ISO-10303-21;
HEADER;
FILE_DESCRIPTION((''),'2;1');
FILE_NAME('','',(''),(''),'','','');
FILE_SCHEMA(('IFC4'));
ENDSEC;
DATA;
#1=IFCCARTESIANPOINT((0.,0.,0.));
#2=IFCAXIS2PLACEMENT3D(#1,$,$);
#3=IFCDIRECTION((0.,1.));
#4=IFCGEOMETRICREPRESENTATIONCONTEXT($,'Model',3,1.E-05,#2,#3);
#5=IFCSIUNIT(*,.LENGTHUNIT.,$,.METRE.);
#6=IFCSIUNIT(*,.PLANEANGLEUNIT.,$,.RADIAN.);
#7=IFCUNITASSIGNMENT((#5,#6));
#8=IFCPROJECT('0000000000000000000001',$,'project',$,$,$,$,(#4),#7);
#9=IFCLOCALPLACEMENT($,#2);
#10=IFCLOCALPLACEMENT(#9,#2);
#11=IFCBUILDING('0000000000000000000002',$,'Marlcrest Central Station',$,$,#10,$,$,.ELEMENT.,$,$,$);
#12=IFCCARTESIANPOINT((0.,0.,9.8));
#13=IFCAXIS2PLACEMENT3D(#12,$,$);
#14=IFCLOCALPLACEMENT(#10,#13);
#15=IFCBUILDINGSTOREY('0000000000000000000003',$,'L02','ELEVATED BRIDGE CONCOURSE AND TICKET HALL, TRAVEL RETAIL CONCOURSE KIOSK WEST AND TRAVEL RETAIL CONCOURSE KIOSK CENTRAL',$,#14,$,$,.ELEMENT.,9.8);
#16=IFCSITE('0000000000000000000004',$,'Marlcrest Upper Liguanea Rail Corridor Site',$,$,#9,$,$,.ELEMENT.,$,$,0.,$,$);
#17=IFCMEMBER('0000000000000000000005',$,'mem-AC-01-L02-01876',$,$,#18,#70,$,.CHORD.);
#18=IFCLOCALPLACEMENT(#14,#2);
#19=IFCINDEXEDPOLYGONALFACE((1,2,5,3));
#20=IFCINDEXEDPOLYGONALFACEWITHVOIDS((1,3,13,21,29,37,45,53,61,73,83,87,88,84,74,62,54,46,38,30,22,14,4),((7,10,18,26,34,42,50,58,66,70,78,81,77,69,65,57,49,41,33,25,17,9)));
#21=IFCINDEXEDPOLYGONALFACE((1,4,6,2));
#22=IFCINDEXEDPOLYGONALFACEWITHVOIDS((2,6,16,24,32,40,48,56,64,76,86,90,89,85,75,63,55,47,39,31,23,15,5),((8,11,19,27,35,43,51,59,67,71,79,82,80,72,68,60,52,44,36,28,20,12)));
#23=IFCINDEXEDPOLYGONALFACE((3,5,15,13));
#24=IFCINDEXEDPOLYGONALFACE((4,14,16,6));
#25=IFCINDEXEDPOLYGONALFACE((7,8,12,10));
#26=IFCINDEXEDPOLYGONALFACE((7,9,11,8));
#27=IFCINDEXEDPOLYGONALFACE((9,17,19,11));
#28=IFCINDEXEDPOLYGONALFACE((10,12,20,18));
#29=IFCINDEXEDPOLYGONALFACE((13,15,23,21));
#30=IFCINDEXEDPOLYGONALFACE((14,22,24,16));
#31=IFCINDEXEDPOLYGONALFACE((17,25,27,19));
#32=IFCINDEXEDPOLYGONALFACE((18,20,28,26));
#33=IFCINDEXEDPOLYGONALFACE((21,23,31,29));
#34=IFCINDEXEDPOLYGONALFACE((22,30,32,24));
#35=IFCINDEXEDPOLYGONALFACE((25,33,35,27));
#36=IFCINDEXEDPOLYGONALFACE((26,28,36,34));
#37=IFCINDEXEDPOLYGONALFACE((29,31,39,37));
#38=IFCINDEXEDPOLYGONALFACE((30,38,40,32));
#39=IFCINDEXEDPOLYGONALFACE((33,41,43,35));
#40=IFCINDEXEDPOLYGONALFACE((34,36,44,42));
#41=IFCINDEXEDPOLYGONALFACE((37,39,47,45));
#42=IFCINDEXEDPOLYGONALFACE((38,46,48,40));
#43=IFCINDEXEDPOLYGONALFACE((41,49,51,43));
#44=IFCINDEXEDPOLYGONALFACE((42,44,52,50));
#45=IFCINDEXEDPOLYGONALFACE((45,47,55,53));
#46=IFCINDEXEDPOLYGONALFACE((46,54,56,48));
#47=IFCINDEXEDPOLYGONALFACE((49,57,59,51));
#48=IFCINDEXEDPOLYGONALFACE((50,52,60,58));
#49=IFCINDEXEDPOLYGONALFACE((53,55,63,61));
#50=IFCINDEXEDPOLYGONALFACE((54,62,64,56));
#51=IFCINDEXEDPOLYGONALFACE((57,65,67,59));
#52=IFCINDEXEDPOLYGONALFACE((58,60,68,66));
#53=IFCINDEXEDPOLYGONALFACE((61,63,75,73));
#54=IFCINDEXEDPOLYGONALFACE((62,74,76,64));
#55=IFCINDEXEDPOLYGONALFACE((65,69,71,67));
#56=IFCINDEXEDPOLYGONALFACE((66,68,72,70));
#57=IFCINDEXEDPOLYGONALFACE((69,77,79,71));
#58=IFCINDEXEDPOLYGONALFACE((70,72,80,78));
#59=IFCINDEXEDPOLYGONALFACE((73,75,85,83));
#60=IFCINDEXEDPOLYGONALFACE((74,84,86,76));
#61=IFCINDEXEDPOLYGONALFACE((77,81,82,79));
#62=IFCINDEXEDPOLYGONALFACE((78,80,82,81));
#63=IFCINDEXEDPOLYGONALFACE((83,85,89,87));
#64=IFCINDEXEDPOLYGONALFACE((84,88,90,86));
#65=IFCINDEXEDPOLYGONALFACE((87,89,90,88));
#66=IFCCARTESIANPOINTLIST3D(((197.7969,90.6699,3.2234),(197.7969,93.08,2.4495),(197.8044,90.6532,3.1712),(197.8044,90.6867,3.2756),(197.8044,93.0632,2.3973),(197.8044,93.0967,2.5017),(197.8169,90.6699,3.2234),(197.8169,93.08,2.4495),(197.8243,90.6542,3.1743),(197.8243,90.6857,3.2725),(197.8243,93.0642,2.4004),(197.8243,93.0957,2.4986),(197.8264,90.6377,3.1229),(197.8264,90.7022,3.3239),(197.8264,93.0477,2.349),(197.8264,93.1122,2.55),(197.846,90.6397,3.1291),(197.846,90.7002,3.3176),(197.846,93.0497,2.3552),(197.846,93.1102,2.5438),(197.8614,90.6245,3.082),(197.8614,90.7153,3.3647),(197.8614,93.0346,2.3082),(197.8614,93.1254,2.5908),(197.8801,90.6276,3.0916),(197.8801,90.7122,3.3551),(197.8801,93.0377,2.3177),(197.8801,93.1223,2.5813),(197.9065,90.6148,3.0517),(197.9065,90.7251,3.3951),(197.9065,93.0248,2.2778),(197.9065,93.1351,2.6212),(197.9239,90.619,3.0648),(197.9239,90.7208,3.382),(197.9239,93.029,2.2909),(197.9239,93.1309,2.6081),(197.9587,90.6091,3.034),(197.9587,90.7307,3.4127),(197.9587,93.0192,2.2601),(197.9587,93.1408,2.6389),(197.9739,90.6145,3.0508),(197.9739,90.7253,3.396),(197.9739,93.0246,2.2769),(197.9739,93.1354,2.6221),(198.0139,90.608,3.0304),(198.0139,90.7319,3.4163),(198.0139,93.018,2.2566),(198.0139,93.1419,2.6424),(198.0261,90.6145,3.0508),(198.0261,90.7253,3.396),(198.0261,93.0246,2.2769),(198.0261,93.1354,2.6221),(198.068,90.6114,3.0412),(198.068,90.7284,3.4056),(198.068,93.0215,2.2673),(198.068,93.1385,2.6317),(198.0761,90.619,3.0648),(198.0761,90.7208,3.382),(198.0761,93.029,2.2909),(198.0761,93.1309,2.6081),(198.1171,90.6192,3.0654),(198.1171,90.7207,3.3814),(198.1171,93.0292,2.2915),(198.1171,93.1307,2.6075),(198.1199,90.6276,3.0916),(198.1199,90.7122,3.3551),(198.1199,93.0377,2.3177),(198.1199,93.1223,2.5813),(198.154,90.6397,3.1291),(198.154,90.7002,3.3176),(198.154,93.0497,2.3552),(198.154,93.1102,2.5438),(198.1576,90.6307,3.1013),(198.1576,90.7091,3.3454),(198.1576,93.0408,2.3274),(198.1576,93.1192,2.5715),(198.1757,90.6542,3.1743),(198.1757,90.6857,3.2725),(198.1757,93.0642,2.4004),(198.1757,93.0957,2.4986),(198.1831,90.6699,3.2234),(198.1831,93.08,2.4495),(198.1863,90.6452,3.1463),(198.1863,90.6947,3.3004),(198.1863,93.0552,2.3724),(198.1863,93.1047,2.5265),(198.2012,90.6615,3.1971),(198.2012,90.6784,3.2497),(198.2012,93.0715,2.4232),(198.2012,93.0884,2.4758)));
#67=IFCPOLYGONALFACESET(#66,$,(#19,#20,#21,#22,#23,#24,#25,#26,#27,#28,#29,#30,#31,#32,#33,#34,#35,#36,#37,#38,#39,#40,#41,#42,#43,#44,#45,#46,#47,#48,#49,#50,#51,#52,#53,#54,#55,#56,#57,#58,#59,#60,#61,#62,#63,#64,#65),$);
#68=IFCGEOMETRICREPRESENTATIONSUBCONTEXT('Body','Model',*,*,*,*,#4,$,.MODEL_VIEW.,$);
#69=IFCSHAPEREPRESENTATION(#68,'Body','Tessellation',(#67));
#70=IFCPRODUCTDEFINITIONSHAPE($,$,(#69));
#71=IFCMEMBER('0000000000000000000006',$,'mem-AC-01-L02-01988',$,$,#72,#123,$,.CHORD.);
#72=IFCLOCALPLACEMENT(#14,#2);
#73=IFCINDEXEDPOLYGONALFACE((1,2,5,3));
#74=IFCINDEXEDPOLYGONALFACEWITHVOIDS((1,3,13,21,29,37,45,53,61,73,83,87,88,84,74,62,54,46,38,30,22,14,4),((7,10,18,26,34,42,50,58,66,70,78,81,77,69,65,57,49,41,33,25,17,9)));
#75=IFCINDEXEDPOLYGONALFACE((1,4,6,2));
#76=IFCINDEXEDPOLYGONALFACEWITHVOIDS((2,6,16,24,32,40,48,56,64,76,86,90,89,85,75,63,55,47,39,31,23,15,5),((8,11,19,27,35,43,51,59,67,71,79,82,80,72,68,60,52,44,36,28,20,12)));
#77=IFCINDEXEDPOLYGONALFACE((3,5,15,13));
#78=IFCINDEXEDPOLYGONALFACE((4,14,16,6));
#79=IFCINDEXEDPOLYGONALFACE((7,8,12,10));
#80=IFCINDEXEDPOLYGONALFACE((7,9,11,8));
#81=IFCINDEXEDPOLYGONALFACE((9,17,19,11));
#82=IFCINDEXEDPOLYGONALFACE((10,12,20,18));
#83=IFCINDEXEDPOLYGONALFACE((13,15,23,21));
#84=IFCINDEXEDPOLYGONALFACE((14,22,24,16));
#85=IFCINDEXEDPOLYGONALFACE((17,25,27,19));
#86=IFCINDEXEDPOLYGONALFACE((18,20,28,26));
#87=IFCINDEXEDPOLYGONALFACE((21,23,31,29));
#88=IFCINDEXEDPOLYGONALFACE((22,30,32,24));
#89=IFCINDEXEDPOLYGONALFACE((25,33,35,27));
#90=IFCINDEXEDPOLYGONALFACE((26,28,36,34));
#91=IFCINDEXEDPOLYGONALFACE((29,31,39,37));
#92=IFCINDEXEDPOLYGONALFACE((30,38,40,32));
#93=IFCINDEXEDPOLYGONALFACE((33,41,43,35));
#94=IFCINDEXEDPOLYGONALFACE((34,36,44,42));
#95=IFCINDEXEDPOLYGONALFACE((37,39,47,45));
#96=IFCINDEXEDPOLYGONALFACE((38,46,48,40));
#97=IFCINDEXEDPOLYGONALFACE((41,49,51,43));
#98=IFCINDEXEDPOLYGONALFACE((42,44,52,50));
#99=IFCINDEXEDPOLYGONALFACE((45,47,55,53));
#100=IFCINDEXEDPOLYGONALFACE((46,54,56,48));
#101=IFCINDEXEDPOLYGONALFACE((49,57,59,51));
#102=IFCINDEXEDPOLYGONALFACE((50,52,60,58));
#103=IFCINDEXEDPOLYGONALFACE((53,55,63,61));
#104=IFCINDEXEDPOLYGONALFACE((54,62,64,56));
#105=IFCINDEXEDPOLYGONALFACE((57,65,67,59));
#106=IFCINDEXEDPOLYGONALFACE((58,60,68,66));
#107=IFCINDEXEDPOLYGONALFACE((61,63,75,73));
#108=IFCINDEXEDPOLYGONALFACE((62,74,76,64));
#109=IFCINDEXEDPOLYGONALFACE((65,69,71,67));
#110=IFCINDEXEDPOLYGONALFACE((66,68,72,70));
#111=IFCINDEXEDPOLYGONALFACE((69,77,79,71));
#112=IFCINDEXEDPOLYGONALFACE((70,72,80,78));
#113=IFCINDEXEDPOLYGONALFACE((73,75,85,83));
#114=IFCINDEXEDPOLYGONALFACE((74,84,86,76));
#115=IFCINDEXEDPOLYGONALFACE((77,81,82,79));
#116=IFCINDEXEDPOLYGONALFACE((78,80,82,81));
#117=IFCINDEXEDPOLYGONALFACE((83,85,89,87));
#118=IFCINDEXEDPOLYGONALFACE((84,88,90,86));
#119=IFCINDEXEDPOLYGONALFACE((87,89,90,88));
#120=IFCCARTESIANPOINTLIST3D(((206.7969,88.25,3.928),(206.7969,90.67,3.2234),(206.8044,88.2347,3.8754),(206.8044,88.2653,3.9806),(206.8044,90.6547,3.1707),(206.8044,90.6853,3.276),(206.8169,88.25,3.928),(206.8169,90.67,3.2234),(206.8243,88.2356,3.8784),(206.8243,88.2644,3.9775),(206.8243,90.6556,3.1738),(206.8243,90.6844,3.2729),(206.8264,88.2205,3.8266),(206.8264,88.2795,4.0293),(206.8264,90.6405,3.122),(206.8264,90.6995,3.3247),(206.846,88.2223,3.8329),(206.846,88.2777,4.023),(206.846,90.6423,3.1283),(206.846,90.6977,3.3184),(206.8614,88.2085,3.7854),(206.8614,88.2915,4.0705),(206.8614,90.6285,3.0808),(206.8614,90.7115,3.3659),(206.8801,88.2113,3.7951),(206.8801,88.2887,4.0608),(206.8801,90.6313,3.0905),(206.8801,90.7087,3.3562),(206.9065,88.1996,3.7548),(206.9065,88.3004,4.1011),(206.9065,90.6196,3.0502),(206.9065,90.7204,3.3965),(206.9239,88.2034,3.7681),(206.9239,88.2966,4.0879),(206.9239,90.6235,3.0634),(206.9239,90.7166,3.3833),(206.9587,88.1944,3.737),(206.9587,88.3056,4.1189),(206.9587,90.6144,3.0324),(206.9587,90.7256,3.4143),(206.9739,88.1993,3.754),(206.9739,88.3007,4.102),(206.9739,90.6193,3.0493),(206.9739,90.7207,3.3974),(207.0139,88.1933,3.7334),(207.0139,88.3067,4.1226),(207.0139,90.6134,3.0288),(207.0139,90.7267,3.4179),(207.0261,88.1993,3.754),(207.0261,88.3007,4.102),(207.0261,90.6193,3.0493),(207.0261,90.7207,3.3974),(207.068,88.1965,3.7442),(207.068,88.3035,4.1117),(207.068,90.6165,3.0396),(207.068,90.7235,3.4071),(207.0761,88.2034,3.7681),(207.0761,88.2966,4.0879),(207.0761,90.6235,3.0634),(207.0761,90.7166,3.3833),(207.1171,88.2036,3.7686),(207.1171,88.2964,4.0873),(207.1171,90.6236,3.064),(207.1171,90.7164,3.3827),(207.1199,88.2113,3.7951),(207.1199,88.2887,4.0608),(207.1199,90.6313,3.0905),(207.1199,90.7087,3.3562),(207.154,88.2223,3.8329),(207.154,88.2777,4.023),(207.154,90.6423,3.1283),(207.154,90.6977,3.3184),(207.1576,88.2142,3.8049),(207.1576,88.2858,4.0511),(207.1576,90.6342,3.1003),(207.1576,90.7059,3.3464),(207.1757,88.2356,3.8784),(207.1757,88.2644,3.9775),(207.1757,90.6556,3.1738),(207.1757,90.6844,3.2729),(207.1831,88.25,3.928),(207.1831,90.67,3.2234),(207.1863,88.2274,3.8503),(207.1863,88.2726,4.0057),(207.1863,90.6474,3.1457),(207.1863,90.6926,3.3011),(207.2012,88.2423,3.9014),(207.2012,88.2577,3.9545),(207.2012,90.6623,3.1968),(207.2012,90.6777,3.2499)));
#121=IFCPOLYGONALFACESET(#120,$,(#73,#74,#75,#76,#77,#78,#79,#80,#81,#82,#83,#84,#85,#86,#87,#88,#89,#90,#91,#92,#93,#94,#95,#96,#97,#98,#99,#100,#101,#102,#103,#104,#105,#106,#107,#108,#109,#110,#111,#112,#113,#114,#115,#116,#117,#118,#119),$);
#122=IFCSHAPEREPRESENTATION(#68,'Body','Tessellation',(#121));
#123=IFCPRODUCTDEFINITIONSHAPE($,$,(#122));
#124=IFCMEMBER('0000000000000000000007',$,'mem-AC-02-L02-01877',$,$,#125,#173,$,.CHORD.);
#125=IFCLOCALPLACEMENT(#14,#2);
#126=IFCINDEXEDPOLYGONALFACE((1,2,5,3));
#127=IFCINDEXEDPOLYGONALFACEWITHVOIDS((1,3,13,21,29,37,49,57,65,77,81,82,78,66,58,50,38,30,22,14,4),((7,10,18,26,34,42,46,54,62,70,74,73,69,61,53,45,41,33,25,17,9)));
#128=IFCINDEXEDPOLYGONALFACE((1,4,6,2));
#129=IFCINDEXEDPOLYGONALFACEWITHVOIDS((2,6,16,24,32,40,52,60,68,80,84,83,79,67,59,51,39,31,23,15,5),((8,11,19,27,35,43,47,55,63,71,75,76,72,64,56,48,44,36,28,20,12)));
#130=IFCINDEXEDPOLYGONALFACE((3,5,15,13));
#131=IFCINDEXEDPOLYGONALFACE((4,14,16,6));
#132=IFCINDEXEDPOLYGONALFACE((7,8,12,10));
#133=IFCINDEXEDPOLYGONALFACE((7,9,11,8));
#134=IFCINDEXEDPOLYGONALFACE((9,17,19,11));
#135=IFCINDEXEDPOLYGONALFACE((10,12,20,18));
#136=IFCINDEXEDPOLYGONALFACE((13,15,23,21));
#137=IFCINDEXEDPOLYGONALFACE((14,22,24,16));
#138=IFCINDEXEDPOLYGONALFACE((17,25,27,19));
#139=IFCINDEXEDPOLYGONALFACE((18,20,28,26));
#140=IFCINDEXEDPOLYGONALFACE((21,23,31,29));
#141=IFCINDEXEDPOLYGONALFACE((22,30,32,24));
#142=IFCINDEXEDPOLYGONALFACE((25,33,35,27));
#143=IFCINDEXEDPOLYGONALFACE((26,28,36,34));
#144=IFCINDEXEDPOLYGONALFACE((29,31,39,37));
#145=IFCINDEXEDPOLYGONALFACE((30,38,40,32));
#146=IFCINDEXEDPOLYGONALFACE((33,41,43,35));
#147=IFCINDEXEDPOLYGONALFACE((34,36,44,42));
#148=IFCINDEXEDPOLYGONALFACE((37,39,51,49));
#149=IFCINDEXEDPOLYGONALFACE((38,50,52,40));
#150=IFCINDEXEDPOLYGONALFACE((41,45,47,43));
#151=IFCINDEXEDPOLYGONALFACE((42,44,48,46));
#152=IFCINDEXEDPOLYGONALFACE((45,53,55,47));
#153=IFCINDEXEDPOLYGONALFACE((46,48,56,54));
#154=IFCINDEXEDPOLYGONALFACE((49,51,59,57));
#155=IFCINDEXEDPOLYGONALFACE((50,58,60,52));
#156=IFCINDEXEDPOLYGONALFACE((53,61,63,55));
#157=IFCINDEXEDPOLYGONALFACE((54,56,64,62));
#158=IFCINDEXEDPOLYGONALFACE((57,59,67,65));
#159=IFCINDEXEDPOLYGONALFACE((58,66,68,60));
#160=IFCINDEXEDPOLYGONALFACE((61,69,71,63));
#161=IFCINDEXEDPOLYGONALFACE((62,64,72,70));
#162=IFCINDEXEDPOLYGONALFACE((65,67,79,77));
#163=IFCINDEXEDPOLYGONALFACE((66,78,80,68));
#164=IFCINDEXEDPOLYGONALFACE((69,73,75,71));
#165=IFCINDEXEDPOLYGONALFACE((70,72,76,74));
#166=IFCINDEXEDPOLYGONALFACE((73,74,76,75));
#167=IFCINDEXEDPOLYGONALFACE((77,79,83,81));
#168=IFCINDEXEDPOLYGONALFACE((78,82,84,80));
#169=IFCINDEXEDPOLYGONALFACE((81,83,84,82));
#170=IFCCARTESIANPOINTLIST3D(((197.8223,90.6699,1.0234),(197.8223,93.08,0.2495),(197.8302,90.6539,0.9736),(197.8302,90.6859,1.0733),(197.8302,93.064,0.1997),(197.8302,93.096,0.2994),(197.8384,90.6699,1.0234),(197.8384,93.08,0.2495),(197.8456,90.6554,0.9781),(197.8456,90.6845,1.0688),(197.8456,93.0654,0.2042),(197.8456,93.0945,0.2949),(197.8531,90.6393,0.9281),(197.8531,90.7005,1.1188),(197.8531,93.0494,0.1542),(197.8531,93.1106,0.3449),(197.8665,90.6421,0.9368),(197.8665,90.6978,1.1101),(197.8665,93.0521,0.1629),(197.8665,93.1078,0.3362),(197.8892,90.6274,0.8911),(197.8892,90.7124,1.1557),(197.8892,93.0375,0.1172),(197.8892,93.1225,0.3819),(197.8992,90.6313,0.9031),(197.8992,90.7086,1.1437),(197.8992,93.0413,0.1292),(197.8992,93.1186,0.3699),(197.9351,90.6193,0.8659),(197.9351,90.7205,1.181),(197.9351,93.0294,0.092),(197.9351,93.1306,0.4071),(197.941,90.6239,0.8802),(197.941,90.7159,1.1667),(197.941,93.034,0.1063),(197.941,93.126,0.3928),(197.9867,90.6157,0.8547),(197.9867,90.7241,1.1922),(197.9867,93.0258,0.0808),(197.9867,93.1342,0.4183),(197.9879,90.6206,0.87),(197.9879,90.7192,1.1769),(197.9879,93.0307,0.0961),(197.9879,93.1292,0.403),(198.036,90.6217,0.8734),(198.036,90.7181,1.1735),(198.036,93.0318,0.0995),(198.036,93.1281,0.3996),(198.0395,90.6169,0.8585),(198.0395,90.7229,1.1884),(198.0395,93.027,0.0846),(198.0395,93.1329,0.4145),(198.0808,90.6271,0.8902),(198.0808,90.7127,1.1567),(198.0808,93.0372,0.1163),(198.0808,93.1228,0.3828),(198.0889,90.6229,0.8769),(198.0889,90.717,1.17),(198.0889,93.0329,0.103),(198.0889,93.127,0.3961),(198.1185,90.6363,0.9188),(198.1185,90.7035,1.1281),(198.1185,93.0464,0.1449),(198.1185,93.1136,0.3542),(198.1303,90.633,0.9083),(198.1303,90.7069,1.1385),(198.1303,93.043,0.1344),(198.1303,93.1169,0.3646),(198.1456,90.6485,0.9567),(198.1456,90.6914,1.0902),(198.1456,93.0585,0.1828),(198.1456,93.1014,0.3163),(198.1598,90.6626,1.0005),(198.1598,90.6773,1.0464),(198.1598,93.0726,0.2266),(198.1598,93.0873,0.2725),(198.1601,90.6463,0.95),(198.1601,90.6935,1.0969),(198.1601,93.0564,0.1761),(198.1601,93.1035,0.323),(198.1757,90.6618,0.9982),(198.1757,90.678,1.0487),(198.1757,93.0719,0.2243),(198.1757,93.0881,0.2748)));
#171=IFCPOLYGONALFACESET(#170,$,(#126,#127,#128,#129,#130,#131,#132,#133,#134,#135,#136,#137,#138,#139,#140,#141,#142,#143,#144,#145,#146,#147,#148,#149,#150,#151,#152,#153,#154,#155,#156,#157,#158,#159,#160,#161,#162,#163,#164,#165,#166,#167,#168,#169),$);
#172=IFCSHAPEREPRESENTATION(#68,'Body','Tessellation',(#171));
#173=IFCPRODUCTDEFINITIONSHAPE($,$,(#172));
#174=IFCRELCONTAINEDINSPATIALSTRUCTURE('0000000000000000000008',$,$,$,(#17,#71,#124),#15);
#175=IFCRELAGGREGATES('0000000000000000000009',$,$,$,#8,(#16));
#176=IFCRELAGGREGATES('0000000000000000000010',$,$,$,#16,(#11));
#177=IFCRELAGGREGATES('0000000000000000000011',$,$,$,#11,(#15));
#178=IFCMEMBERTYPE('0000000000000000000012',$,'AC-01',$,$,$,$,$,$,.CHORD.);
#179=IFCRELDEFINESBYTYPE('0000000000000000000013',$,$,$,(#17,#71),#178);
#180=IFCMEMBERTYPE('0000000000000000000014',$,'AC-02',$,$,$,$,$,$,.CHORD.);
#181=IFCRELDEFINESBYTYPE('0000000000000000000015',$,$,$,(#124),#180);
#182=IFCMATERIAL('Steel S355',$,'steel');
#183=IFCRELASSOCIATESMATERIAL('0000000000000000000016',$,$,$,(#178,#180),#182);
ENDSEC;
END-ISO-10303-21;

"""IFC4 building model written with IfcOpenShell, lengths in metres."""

from ifc_helpers import new_model, si_unit, direction, frame, origin, origin_2d, place, context, subcontext, project, spatial, hollow_circle, extrude, material, material_profile, profile_set, type_object, element, save


model = new_model("IFC4")

# Units and contexts
model_context = context("Model", 3, precision=1e-05, world=origin(), true_north=direction((0.0, 1.0)))
body_context = subcontext(model_context, "Body", "Model", "MODEL_VIEW")
ifc_project = project(units=[si_unit("LENGTHUNIT", "METRE"), si_unit("PLANEANGLEUNIT", "RADIAN")], contexts=[model_context])

# Site, building, storey
site_placement = place(None, origin())
site = spatial("IfcSite", under=ifc_project, at=site_placement, Name="Marlcrest Upper Liguanea Rail Corridor Site", CompositionType="ELEMENT", RefElevation=0.0)
building_placement = place(site_placement, origin())
building = spatial("IfcBuilding", under=site, at=building_placement, Name="Marlcrest Central Station", CompositionType="ELEMENT")
storey_placement = place(building_placement, frame((0.0, 0.0, 9.8)))
storey = spatial("IfcBuildingStorey", under=building, at=storey_placement, Name="L02", Description="ELEVATED BRIDGE CONCOURSE AND TICKET HALL, TRAVEL RETAIL CONCOURSE KIOSK WEST AND TRAVEL RETAIL CONCOURSE KIOSK CENTRAL", CompositionType="ELEMENT", Elevation=9.8)

# Members
ifc_material_1 = material(Name="Steel S355", Category="steel")
ifc_material_profile_1 = material_profile(ifc_material_1, hollow_circle(Radius=0.2031, WallThickness=0.02, at=origin_2d()), Name="CHS 406.4x20")
ifc_profile_set_1 = profile_set([ifc_material_profile_1], Name="Steel S355")
member_type_1 = type_object("IfcMemberType", Name="AC-01", PredefinedType="CHORD", material=ifc_profile_set_1)
member_1_placement = place(storey_placement, frame((198.0, 90.6699, 3.2234), z_axis=(0.0, 0.952117, -0.305734), x_axis=(-1.0, 0.0, 0.0)))
element("IfcMember", 1, at=member_1_placement, inside=storey, type_object=member_type_1, Name="mem-AC-01-L02-01876", PredefinedType="CHORD", context=body_context, shape_type="SweptSolid", body=[
    extrude(hollow_circle(Radius=0.2031, WallThickness=0.02, at=origin_2d()), origin(), (0.0, 0.0, 1.0), 2.5312),
])
member_2_placement = place(storey_placement, frame((207.0, 88.25, 3.928), z_axis=(0.0, 0.96013, -0.279554), x_axis=(-1.0, 0.0, 0.0)))
element("IfcMember", 2, at=member_2_placement, inside=storey, type_object=member_type_1, Name="mem-AC-01-L02-01988", PredefinedType="CHORD", context=body_context, shape_type="SweptSolid", body=[
    extrude(hollow_circle(Radius=0.2031, WallThickness=0.02, at=origin_2d()), origin(), (0.0, 0.0, 1.0), 2.5205),
])
ifc_material_profile_2 = material_profile(ifc_material_1, hollow_circle(Radius=0.1777, WallThickness=0.0161, at=origin_2d()), Name="CHS 355.6x16")
ifc_profile_set_2 = profile_set([ifc_material_profile_2], Name="Steel S355")
member_type_2 = type_object("IfcMemberType", Name="AC-02", PredefinedType="CHORD", material=ifc_profile_set_2)
member_3_placement = place(storey_placement, frame((198.0, 90.6699, 1.0234), z_axis=(0.0, 0.952117, -0.305734), x_axis=(-1.0, 0.0, 0.0)))
element("IfcMember", 3, at=member_3_placement, inside=storey, type_object=member_type_2, Name="mem-AC-02-L02-01877", PredefinedType="CHORD", context=body_context, shape_type="SweptSolid", body=[
    extrude(hollow_circle(Radius=0.1777, WallThickness=0.0161, at=origin_2d()), origin(), (0.0, 0.0, 1.0), 2.5312),
])

save(model, "model.ifc")
